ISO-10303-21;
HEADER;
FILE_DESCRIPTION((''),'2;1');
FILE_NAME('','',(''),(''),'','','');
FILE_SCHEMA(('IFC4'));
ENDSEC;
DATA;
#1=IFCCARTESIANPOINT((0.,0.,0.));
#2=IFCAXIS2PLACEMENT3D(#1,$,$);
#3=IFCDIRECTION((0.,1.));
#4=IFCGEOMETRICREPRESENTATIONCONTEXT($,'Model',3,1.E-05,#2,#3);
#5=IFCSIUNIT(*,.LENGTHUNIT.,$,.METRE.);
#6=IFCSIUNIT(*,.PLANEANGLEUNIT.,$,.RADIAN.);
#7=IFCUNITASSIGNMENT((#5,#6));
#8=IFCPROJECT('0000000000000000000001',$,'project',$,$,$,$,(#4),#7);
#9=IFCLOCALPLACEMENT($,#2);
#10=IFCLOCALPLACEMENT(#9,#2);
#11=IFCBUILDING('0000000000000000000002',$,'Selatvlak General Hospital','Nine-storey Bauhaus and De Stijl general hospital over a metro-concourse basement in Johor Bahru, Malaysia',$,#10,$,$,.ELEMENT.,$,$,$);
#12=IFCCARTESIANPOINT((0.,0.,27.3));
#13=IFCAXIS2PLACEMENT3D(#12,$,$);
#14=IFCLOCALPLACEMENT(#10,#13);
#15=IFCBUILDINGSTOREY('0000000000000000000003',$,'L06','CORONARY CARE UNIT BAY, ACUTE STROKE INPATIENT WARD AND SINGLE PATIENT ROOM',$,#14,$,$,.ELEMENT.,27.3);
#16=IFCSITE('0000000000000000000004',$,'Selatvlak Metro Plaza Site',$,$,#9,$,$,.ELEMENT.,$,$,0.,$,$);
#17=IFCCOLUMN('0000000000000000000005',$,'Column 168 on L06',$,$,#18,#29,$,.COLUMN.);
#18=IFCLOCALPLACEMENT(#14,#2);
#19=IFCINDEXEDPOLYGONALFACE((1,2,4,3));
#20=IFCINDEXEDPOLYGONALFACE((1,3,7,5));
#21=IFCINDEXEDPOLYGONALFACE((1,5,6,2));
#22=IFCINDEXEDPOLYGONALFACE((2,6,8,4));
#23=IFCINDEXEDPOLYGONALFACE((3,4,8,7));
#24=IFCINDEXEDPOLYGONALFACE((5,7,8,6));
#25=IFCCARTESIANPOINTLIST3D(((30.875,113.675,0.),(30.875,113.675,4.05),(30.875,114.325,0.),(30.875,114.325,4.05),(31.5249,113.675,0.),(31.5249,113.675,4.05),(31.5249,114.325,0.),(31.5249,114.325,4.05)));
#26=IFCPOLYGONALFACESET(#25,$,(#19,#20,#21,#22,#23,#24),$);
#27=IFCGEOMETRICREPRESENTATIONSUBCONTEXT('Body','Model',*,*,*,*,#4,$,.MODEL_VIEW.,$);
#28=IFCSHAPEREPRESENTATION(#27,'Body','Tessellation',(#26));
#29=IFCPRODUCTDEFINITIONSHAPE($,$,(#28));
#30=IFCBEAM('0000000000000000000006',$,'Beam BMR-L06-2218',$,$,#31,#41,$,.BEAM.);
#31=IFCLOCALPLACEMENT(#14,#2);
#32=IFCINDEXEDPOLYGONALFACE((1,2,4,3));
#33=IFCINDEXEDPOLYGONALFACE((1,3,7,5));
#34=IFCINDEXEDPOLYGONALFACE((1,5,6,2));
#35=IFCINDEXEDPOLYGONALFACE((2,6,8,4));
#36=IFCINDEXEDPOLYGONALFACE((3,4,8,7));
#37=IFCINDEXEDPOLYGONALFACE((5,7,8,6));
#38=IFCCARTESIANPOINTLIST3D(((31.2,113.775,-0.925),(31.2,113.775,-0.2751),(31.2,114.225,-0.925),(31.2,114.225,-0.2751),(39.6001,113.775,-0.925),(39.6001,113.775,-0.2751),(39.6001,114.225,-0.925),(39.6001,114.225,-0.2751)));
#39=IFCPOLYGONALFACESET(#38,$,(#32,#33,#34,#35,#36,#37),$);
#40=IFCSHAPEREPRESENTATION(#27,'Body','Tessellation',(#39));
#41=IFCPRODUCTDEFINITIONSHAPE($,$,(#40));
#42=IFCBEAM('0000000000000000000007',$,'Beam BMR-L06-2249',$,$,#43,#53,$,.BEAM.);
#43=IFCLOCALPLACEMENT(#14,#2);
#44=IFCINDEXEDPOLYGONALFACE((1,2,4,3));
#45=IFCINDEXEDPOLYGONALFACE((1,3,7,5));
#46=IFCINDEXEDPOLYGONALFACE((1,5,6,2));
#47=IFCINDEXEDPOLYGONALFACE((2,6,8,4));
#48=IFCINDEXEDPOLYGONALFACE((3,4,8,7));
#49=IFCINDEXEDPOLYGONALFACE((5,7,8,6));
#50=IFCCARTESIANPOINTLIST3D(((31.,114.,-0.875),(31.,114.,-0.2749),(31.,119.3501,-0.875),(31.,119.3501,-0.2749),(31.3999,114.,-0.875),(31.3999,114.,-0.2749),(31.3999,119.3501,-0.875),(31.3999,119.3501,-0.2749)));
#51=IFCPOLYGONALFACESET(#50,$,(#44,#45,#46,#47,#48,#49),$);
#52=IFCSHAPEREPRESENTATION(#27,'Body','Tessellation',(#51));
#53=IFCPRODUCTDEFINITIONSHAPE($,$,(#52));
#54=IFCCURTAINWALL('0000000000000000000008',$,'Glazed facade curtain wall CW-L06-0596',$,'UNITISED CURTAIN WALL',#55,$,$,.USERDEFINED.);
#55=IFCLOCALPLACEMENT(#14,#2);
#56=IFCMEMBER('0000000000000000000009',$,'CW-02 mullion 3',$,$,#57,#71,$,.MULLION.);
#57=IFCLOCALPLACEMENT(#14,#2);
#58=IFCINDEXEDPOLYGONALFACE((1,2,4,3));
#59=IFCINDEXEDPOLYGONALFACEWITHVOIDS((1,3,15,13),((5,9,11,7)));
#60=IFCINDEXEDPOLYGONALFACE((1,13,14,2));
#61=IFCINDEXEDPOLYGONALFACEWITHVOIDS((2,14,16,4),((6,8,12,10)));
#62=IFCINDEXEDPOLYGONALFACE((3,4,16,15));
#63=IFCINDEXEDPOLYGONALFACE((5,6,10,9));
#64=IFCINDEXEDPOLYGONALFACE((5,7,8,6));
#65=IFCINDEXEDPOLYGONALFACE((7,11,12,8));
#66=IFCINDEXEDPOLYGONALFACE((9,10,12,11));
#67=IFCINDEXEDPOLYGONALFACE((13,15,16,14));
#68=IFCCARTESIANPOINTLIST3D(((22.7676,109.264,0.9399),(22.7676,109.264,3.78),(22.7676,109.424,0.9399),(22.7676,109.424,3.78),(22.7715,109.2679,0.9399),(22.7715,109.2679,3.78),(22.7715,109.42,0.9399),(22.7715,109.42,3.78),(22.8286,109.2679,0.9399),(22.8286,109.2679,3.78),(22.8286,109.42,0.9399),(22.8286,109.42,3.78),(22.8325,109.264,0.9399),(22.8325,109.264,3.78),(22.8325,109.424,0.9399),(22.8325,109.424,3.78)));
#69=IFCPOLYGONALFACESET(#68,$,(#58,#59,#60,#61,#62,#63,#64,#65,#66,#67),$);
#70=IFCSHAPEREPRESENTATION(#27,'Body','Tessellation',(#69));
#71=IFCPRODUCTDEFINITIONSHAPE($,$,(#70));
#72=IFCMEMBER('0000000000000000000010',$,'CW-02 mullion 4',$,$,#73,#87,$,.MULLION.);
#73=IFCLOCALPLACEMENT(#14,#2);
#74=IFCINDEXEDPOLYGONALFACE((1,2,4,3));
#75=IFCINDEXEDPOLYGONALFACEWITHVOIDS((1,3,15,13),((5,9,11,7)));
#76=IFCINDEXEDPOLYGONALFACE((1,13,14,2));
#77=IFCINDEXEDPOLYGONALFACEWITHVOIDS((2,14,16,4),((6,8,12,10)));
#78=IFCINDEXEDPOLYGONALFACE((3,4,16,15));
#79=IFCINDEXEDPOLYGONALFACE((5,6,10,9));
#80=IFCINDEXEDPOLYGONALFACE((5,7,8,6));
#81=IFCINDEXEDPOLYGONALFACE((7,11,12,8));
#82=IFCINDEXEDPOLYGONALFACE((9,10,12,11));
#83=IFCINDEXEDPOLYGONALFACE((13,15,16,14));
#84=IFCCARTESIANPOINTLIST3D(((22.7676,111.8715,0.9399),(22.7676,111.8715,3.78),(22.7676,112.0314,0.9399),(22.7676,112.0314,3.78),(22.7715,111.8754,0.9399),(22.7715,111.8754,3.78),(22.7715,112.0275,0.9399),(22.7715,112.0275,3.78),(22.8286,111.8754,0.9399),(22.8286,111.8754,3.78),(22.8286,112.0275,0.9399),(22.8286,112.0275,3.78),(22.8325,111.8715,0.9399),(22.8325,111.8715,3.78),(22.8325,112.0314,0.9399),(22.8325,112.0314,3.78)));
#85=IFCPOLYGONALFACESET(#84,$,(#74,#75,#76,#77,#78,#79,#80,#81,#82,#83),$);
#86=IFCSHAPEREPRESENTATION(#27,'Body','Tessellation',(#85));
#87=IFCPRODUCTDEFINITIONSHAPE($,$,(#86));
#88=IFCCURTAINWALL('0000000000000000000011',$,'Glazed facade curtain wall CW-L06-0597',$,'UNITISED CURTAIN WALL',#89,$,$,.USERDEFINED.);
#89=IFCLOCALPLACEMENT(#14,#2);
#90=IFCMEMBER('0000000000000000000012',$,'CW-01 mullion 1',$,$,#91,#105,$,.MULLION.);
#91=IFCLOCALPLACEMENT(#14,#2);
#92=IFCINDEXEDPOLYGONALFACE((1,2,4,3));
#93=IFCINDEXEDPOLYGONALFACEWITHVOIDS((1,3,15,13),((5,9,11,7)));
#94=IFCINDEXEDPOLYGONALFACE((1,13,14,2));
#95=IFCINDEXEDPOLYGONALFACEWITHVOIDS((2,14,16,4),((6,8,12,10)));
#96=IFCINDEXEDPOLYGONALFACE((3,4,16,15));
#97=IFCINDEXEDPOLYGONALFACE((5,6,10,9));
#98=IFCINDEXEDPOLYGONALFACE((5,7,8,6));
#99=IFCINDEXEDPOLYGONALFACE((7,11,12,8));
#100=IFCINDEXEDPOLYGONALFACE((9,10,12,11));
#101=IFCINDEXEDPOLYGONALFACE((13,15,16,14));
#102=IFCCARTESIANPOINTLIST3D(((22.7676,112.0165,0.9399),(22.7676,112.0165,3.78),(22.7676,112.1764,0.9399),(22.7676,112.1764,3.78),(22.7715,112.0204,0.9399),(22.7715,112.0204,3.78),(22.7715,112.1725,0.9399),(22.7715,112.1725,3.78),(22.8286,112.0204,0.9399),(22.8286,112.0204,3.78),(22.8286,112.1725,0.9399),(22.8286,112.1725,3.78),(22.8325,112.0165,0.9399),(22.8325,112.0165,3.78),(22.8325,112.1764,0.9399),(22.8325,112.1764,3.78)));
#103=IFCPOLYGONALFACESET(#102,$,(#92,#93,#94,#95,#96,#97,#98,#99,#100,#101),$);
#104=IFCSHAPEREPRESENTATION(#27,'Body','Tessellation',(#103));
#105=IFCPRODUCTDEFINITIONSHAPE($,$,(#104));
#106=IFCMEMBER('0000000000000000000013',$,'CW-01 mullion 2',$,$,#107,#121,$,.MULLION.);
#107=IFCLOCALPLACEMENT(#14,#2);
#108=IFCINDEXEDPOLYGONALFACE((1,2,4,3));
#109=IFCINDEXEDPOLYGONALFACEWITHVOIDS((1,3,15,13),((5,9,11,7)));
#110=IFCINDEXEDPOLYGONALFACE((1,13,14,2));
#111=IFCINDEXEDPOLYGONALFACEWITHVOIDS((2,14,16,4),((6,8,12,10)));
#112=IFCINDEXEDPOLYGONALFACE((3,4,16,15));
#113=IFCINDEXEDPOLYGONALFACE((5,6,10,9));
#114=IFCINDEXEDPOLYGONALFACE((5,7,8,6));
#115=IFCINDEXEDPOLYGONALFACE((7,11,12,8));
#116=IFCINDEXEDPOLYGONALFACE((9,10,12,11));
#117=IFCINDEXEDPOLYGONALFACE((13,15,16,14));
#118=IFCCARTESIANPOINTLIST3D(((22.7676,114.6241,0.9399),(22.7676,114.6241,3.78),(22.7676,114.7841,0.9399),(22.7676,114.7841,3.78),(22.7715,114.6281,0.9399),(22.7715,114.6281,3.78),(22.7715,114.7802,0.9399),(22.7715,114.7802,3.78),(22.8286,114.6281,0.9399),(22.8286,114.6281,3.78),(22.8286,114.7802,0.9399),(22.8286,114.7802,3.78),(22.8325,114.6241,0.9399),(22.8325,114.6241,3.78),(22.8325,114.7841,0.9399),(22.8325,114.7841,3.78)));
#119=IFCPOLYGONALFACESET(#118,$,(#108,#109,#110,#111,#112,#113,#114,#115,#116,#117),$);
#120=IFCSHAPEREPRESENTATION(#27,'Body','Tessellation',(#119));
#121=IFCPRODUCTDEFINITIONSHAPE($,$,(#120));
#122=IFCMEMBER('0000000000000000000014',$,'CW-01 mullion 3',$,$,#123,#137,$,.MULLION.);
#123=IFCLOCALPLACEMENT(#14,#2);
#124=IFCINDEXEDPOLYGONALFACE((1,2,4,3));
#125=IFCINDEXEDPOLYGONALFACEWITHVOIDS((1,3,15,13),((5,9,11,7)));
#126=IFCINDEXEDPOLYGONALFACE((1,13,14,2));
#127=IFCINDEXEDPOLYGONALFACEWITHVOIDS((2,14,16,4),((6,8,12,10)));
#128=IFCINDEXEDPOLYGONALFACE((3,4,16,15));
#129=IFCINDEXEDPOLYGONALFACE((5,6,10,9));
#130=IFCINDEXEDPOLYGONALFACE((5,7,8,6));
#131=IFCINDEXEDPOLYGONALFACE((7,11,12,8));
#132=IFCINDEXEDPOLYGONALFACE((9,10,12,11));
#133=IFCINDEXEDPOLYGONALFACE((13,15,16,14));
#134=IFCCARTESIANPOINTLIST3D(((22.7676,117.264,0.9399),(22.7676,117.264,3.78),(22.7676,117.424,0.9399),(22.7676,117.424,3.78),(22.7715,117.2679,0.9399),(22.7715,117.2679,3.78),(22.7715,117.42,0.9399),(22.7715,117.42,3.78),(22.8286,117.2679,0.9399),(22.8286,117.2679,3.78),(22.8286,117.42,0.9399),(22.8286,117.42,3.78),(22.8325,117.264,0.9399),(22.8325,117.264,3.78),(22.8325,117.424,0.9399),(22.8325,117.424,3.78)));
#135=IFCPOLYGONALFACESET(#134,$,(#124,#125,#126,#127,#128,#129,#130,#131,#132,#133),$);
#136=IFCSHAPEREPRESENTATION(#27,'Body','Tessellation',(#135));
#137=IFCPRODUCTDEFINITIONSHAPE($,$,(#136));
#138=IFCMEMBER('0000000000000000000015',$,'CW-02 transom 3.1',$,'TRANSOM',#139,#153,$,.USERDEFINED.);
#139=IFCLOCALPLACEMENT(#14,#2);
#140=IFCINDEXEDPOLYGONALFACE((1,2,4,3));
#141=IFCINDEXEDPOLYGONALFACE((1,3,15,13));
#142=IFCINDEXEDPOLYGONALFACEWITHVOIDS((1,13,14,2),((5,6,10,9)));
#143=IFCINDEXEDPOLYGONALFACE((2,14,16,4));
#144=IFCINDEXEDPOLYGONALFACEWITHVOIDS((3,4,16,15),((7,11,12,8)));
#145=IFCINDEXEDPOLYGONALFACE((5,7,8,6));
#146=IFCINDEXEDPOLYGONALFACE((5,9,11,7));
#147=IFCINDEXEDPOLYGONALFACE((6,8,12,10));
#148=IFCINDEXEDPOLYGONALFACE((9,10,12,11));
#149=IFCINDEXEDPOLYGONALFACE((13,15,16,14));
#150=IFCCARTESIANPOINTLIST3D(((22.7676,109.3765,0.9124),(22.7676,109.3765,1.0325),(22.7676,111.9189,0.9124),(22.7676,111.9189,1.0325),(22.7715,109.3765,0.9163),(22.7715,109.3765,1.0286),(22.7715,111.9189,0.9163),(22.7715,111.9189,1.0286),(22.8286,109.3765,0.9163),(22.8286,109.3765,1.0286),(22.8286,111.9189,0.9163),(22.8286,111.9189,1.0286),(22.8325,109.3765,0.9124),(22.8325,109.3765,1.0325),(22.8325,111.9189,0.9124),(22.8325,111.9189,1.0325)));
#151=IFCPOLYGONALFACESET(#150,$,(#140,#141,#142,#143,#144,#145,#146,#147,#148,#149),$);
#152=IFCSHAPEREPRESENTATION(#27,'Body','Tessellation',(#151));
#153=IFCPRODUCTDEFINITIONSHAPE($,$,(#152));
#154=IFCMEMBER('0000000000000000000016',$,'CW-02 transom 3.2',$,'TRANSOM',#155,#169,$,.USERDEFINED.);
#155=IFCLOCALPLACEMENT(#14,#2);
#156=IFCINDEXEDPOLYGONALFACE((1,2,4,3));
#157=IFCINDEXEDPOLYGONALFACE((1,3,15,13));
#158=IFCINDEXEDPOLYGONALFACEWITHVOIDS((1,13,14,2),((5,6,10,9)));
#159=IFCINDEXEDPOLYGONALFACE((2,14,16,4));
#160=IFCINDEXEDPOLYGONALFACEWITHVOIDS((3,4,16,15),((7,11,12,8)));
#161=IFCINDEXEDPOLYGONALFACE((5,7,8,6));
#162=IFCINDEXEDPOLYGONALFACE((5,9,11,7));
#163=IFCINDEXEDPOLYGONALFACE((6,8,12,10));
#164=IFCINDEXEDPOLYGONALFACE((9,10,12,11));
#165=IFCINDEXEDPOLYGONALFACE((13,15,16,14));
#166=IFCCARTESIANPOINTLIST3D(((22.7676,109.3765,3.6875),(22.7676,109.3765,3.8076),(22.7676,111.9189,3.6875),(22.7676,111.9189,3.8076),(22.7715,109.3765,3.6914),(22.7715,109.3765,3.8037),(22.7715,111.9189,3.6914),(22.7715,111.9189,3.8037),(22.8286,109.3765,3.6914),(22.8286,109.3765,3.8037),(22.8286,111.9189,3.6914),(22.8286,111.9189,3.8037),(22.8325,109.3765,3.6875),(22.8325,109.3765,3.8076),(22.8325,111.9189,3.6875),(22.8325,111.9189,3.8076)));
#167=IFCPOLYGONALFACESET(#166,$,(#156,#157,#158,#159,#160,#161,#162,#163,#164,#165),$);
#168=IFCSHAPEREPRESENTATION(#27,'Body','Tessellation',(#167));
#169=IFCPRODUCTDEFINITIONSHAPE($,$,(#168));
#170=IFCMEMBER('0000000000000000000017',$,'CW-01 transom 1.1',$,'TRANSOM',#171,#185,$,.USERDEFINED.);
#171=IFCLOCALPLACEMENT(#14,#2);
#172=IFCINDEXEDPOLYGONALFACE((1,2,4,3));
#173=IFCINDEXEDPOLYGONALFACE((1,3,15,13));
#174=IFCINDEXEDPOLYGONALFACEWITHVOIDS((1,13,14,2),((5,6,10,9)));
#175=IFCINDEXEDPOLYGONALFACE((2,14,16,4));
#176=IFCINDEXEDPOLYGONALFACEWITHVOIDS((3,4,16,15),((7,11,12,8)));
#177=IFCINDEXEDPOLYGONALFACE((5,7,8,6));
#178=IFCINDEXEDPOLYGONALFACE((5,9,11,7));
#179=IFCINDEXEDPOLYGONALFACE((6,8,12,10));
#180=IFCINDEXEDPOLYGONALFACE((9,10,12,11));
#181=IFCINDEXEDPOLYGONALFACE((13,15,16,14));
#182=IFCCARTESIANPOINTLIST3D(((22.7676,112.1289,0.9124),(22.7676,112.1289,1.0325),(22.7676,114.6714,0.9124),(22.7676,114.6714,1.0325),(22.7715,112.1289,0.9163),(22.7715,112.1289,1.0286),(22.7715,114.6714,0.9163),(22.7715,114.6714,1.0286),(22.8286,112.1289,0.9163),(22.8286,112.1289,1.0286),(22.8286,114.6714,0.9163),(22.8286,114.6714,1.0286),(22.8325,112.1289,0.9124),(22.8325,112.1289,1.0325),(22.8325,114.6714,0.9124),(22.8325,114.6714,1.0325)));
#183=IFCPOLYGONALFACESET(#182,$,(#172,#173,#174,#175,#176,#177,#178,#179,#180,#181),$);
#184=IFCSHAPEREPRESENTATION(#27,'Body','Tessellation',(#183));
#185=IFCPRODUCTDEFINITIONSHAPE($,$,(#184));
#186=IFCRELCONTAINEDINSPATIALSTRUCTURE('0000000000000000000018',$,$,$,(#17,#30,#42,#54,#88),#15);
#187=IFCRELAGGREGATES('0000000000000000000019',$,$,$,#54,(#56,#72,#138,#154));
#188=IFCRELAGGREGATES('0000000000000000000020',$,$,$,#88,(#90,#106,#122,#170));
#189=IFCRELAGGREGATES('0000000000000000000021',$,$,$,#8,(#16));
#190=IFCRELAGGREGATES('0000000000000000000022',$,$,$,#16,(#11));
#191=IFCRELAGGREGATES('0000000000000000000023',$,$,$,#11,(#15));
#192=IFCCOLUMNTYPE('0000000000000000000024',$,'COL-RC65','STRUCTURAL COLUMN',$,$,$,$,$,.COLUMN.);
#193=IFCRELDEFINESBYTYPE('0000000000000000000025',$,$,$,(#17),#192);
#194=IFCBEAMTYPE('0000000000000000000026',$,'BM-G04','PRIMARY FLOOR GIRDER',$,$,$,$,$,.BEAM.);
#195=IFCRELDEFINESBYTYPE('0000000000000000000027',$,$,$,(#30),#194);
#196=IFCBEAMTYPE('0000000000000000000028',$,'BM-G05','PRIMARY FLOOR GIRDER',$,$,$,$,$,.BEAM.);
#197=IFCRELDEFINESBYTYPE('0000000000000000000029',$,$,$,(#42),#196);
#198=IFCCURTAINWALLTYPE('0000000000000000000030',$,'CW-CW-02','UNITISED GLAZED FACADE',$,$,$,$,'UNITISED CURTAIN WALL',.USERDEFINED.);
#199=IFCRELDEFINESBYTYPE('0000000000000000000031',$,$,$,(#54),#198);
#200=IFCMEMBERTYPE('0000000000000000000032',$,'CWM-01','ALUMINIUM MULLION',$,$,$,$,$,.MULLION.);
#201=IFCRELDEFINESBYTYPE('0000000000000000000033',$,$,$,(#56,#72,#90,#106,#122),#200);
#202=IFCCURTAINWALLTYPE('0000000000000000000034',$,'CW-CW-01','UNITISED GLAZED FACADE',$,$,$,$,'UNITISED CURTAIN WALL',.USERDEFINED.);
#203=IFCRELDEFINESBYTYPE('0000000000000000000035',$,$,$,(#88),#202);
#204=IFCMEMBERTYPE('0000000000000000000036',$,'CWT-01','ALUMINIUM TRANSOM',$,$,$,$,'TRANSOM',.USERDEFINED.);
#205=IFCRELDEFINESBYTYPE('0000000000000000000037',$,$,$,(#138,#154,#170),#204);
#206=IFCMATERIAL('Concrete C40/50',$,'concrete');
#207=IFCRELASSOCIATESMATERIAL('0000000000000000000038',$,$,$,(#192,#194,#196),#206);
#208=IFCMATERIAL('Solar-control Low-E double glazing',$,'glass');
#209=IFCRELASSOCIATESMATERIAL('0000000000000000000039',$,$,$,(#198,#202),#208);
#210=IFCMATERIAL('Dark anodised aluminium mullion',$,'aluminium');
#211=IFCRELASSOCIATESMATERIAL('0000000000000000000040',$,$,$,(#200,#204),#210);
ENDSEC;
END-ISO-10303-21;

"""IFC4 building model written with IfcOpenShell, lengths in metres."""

from ifc_helpers import new_model, si_unit, direction, frame, origin, origin_2d, place, context, subcontext, project, spatial, rectangle, hollow_rectangle, extrude, material, material_profile, profile_set, type_object, element, aggregate, save


model = new_model("IFC4")

# Units and contexts
model_context = context("Model", 3, precision=1e-05, world=origin(), true_north=direction((0.0, 1.0)))
body_context = subcontext(model_context, "Body", "Model", "MODEL_VIEW")
ifc_project = project(units=[si_unit("LENGTHUNIT", "METRE"), si_unit("PLANEANGLEUNIT", "RADIAN")], contexts=[model_context])

# Site, building, storey
site_placement = place(None, origin())
site = spatial("IfcSite", under=ifc_project, at=site_placement, Name="Selatvlak Metro Plaza Site", CompositionType="ELEMENT", RefElevation=0.0)
building_placement = place(site_placement, origin())
building = spatial("IfcBuilding", under=site, at=building_placement, Name="Selatvlak General Hospital", Description="Nine-storey Bauhaus and De Stijl general hospital over a metro-concourse basement in Johor Bahru, Malaysia", CompositionType="ELEMENT")
storey_placement = place(building_placement, frame((0.0, 0.0, 27.3)))
storey = spatial("IfcBuildingStorey", under=building, at=storey_placement, Name="L06", Description="CORONARY CARE UNIT BAY, ACUTE STROKE INPATIENT WARD AND SINGLE PATIENT ROOM", CompositionType="ELEMENT", Elevation=27.3)

# Column
ifc_material_1 = material(Name="Concrete C40/50", Category="concrete")
ifc_material_profile_1 = material_profile(ifc_material_1, rectangle(XDim=0.6499, YDim=0.6499, at=origin_2d()), Name="RC-COL 650x650")
ifc_profile_set_1 = profile_set([ifc_material_profile_1], Name="Concrete C40/50")
column_type = type_object("IfcColumnType", Name="COL-RC65", Description="STRUCTURAL COLUMN", PredefinedType="COLUMN", material=ifc_profile_set_1)
column_placement = place(storey_placement, frame((31.2, 114.0, 0.0), z_axis=(0.0, 0.0, 1.0), x_axis=(1.0, 0.0, 0.0)))
element("IfcColumn", 1, at=column_placement, inside=storey, type_object=column_type, Name="Column 168 on L06", PredefinedType="COLUMN", context=body_context, shape_type="SweptSolid", body=[
    extrude(rectangle(XDim=0.6499, YDim=0.6499, at=origin_2d()), origin(), (0.0, 0.0, 1.0), 4.05),
])

# Beams
ifc_material_profile_2 = material_profile(ifc_material_1, rectangle(XDim=0.45, YDim=0.6499, at=origin_2d()), Name="RC-BM 450x650")
ifc_profile_set_2 = profile_set([ifc_material_profile_2], Name="Concrete C40/50")
beam_type_1 = type_object("IfcBeamType", Name="BM-G04", Description="PRIMARY FLOOR GIRDER", PredefinedType="BEAM", material=ifc_profile_set_2)
beam_1_placement = place(storey_placement, frame((31.2, 114.0, -0.6001), z_axis=(1.0, 0.0, 0.0), x_axis=(0.0, 1.0, 0.0)))
element("IfcBeam", 2, at=beam_1_placement, inside=storey, type_object=beam_type_1, Name="Beam BMR-L06-2218", PredefinedType="BEAM", context=body_context, shape_type="SweptSolid", body=[
    extrude(rectangle(XDim=0.45, YDim=0.6499, at=origin_2d()), origin(), (0.0, 0.0, 1.0), 8.4001),
])
ifc_material_profile_3 = material_profile(ifc_material_1, rectangle(XDim=0.3999, YDim=0.6001, at=origin_2d()), Name="RC-BM 400x600")
ifc_profile_set_3 = profile_set([ifc_material_profile_3], Name="Concrete C40/50")
beam_type_2 = type_object("IfcBeamType", Name="BM-G05", Description="PRIMARY FLOOR GIRDER", PredefinedType="BEAM", material=ifc_profile_set_3)
beam_2_placement = place(storey_placement, frame((31.2, 114.0, -0.575), z_axis=(0.0, 1.0, 0.0), x_axis=(-1.0, 0.0, 0.0)))
element("IfcBeam", 3, at=beam_2_placement, inside=storey, type_object=beam_type_2, Name="Beam BMR-L06-2249", PredefinedType="BEAM", context=body_context, shape_type="SweptSolid", body=[
    extrude(rectangle(XDim=0.3999, YDim=0.6001, at=origin_2d()), origin(), (0.0, 0.0, 1.0), 5.3501),
])

# Curtain walls, members
ifc_material_2 = material(Name="Solar-control Low-E double glazing", Category="glass")
curtain_wall_type_1 = type_object("IfcCurtainWallType", Name="CW-CW-02", Description="UNITISED GLAZED FACADE", ElementType="UNITISED CURTAIN WALL", PredefinedType="USERDEFINED", material=ifc_material_2)
curtain_wall_1_placement = place(storey_placement, origin())
curtain_wall_1 = element("IfcCurtainWall", 4, at=curtain_wall_1_placement, inside=storey, type_object=curtain_wall_type_1, Name="Glazed facade curtain wall CW-L06-0596", ObjectType="UNITISED CURTAIN WALL", PredefinedType="USERDEFINED")
ifc_material_3 = material(Name="Dark anodised aluminium mullion", Category="aluminium")
ifc_material_profile_4 = material_profile(ifc_material_3, hollow_rectangle(XDim=0.0649, YDim=0.1599, WallThickness=0.0039, at=origin_2d()), Name="AL-MUL 65x160x4")
ifc_profile_set_4 = profile_set([ifc_material_profile_4], Name="Dark anodised aluminium mullion")
member_type_1 = type_object("IfcMemberType", Name="CWM-01", Description="ALUMINIUM MULLION", PredefinedType="MULLION", material=ifc_profile_set_4)
member_1_placement = place(storey_placement, frame((22.8, 109.344, 0.9399), z_axis=(0.0, 0.0, 1.0), x_axis=(-1.0, 0.0, 0.0)))
member_1 = element("IfcMember", 5, at=member_1_placement, type_object=member_type_1, Name="CW-02 mullion 3", PredefinedType="MULLION", context=body_context, shape_type="SweptSolid", body=[
    extrude(hollow_rectangle(XDim=0.0649, YDim=0.1599, WallThickness=0.0039, at=origin_2d()), origin(), (0.0, 0.0, 1.0), 2.8401),
])
member_2_placement = place(storey_placement, frame((22.8, 111.9514, 0.9399), z_axis=(0.0, 0.0, 1.0), x_axis=(-1.0, 0.0, 0.0)))
member_2 = element("IfcMember", 6, at=member_2_placement, type_object=member_type_1, Name="CW-02 mullion 4", PredefinedType="MULLION", context=body_context, shape_type="SweptSolid", body=[
    extrude(hollow_rectangle(XDim=0.0649, YDim=0.1599, WallThickness=0.0039, at=origin_2d()), origin(), (0.0, 0.0, 1.0), 2.8401),
])
curtain_wall_type_2 = type_object("IfcCurtainWallType", Name="CW-CW-01", Description="UNITISED GLAZED FACADE", ElementType="UNITISED CURTAIN WALL", PredefinedType="USERDEFINED", material=ifc_material_2)
curtain_wall_2_placement = place(storey_placement, origin())
curtain_wall_2 = element("IfcCurtainWall", 7, at=curtain_wall_2_placement, inside=storey, type_object=curtain_wall_type_2, Name="Glazed facade curtain wall CW-L06-0597", ObjectType="UNITISED CURTAIN WALL", PredefinedType="USERDEFINED")
member_3_placement = place(storey_placement, frame((22.8, 112.0964, 0.9399), z_axis=(0.0, 0.0, 1.0), x_axis=(-1.0, 0.0, 0.0)))
member_3 = element("IfcMember", 8, at=member_3_placement, type_object=member_type_1, Name="CW-01 mullion 1", PredefinedType="MULLION", context=body_context, shape_type="SweptSolid", body=[
    extrude(hollow_rectangle(XDim=0.0649, YDim=0.1599, WallThickness=0.0039, at=origin_2d()), origin(), (0.0, 0.0, 1.0), 2.8401),
])
member_4_placement = place(storey_placement, frame((22.8, 114.7041, 0.9399), z_axis=(0.0, 0.0, 1.0), x_axis=(-1.0, 0.0, 0.0)))
member_4 = element("IfcMember", 9, at=member_4_placement, type_object=member_type_1, Name="CW-01 mullion 2", PredefinedType="MULLION", context=body_context, shape_type="SweptSolid", body=[
    extrude(hollow_rectangle(XDim=0.0649, YDim=0.1599, WallThickness=0.0039, at=origin_2d()), origin(), (0.0, 0.0, 1.0), 2.8401),
])
member_5_placement = place(storey_placement, frame((22.8, 117.344, 0.9399), z_axis=(0.0, 0.0, 1.0), x_axis=(-1.0, 0.0, 0.0)))
member_5 = element("IfcMember", 10, at=member_5_placement, type_object=member_type_1, Name="CW-01 mullion 3", PredefinedType="MULLION", context=body_context, shape_type="SweptSolid", body=[
    extrude(hollow_rectangle(XDim=0.0649, YDim=0.1599, WallThickness=0.0039, at=origin_2d()), origin(), (0.0, 0.0, 1.0), 2.8401),
])

# Members
ifc_material_profile_5 = material_profile(ifc_material_3, hollow_rectangle(XDim=0.0649, YDim=0.1201, WallThickness=0.0039, at=origin_2d()), Name="AL-TRN 65x120x4")
ifc_profile_set_5 = profile_set([ifc_material_profile_5], Name="Dark anodised aluminium mullion")
member_type_2 = type_object("IfcMemberType", Name="CWT-01", Description="ALUMINIUM TRANSOM", ElementType="TRANSOM", PredefinedType="USERDEFINED", material=ifc_profile_set_5)
member_6_placement = place(storey_placement, frame((22.8, 109.3765, 0.9724), z_axis=(0.0, 1.0, 0.0), x_axis=(-1.0, 0.0, 0.0)))
member_6 = element("IfcMember", 11, at=member_6_placement, type_object=member_type_2, Name="CW-02 transom 3.1", ObjectType="TRANSOM", PredefinedType="USERDEFINED", context=body_context, shape_type="SweptSolid", body=[
    extrude(hollow_rectangle(XDim=0.0649, YDim=0.1201, WallThickness=0.0039, at=origin_2d()), origin(), (0.0, 0.0, 1.0), 2.5425),
])
member_7_placement = place(storey_placement, frame((22.8, 109.3765, 3.7476), z_axis=(0.0, 1.0, 0.0), x_axis=(-1.0, 0.0, 0.0)))
member_7 = element("IfcMember", 12, at=member_7_placement, type_object=member_type_2, Name="CW-02 transom 3.2", ObjectType="TRANSOM", PredefinedType="USERDEFINED", context=body_context, shape_type="SweptSolid", body=[
    extrude(hollow_rectangle(XDim=0.0649, YDim=0.1201, WallThickness=0.0039, at=origin_2d()), origin(), (0.0, 0.0, 1.0), 2.5425),
])
member_8_placement = place(storey_placement, frame((22.8, 112.1289, 0.9724), z_axis=(0.0, 1.0, 0.0), x_axis=(-1.0, 0.0, 0.0)))
member_8 = element("IfcMember", 13, at=member_8_placement, type_object=member_type_2, Name="CW-01 transom 1.1", ObjectType="TRANSOM", PredefinedType="USERDEFINED", context=body_context, shape_type="SweptSolid", body=[
    extrude(hollow_rectangle(XDim=0.0649, YDim=0.1201, WallThickness=0.0039, at=origin_2d()), origin(), (0.0, 0.0, 1.0), 2.5425),
])

aggregate(curtain_wall_1, [member_1, member_2, member_6, member_7])
aggregate(curtain_wall_2, [member_3, member_4, member_5, member_8])

save(model, "model.ifc")
